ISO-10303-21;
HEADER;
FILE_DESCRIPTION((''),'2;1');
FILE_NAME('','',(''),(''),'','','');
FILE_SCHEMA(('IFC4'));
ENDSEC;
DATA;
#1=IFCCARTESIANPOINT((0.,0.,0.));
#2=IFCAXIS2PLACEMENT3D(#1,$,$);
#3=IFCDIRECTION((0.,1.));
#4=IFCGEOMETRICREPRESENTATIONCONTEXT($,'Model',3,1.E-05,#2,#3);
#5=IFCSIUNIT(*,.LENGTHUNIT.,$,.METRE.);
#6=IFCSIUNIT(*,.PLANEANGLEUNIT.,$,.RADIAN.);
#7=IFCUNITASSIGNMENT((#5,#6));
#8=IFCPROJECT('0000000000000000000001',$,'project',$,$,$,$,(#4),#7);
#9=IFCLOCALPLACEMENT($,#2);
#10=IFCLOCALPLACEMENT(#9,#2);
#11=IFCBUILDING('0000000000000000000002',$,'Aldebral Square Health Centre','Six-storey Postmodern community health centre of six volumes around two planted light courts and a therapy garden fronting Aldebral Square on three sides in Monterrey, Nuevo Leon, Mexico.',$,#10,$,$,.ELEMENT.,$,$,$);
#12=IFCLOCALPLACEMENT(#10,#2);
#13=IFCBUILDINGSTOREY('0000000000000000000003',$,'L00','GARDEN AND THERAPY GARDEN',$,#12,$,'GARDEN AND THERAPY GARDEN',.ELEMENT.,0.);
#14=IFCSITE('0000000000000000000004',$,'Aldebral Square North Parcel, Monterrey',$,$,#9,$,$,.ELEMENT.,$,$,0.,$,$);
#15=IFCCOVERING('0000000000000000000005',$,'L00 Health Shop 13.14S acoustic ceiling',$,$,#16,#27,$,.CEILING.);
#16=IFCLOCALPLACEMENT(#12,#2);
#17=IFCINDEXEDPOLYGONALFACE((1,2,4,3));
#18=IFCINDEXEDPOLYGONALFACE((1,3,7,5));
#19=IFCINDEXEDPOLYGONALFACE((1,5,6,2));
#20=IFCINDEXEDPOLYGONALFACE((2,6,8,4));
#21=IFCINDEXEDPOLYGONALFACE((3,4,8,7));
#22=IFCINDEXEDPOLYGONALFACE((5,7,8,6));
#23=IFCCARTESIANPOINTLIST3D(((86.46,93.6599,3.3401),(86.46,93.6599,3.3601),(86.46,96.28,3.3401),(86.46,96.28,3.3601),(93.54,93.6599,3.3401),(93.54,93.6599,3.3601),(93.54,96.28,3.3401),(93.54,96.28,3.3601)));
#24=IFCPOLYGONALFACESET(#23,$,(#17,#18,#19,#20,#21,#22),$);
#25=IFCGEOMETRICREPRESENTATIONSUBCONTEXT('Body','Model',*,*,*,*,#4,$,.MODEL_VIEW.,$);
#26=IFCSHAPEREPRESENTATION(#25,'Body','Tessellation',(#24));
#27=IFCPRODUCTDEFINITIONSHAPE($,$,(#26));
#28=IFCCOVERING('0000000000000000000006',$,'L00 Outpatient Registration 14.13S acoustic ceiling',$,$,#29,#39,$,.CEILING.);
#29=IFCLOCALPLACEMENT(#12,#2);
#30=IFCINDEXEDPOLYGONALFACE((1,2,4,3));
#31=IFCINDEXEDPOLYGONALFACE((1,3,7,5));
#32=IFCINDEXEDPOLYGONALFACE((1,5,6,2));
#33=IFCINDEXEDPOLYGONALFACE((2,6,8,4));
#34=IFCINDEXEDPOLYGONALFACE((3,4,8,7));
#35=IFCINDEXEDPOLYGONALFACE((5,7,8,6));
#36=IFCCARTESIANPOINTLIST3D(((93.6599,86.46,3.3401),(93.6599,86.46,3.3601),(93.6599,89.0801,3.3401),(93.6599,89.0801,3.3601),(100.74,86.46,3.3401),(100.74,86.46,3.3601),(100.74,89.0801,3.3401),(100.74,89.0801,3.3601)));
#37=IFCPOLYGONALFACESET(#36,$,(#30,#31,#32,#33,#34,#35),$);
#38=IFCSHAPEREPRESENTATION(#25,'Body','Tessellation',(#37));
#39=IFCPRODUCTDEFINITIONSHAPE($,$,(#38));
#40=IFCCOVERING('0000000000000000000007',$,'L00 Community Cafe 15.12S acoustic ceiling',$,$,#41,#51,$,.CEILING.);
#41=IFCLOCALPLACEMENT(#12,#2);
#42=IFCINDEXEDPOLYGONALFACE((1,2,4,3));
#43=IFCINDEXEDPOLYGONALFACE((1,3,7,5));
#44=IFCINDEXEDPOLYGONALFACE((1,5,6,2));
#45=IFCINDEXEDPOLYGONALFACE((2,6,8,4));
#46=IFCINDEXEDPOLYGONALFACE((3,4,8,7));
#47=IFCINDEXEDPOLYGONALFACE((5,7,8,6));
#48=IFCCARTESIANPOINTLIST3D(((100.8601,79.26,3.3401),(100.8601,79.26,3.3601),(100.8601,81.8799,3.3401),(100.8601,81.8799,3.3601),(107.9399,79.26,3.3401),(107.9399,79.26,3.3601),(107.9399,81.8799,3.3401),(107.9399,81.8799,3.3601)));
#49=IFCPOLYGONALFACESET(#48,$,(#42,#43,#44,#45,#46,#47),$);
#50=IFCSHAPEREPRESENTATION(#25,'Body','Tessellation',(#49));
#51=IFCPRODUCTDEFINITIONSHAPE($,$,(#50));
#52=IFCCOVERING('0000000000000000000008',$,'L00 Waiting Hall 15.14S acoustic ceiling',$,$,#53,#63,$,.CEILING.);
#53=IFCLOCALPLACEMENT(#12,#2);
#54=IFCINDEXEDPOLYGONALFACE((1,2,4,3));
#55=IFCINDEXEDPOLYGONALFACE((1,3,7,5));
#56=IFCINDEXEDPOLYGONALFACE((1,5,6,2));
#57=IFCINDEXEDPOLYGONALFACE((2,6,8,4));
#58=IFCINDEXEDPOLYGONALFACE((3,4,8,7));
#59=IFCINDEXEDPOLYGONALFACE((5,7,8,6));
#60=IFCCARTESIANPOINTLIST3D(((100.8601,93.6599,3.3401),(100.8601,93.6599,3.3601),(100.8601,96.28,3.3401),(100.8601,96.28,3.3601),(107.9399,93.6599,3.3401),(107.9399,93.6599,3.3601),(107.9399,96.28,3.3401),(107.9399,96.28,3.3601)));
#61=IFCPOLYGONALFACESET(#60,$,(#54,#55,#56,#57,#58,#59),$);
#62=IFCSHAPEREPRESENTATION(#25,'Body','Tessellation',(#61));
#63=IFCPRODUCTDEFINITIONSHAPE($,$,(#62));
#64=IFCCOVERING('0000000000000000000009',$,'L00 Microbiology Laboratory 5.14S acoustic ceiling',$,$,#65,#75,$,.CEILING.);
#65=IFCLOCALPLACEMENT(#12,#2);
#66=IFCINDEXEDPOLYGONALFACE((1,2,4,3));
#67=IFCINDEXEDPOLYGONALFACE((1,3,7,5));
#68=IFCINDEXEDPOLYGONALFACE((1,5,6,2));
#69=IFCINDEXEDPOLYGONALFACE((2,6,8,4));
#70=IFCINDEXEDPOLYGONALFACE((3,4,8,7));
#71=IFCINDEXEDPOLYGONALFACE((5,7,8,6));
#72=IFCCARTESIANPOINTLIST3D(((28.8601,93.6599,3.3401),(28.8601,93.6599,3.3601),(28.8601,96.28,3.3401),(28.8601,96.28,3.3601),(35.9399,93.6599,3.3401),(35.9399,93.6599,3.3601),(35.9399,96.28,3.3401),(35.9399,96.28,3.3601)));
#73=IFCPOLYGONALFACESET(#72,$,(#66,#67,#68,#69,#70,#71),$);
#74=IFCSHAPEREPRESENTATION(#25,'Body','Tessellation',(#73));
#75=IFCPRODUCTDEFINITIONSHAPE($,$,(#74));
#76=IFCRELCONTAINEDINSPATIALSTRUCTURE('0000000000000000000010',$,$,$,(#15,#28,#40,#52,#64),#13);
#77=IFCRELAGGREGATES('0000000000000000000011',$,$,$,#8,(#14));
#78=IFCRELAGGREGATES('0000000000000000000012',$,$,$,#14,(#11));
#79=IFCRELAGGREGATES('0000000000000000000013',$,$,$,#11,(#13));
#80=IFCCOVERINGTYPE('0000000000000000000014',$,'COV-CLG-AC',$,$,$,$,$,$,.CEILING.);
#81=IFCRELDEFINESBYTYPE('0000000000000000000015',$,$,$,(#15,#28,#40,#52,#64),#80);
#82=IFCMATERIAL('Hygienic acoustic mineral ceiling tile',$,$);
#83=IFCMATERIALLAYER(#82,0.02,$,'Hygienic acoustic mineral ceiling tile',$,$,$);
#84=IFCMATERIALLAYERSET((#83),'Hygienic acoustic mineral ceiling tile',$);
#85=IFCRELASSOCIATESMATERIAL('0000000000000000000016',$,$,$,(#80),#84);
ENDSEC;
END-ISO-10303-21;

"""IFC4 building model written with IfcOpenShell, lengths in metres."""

from ifc_helpers import new_model, si_unit, direction, frame, origin, place, context, subcontext, project, spatial, polyline, outline, extrude, material, layer, layer_set, type_object, element, save


model = new_model("IFC4")

# Units and contexts
model_context = context("Model", 3, precision=1e-05, world=origin(), true_north=direction((0.0, 1.0)))
body_context = subcontext(model_context, "Body", "Model", "MODEL_VIEW")
ifc_project = project(units=[si_unit("LENGTHUNIT", "METRE"), si_unit("PLANEANGLEUNIT", "RADIAN")], contexts=[model_context])

# Site, building, storey
site_placement = place(None, origin())
site = spatial("IfcSite", under=ifc_project, at=site_placement, Name="Aldebral Square North Parcel, Monterrey", CompositionType="ELEMENT", RefElevation=0.0)
building_placement = place(site_placement, origin())
building = spatial("IfcBuilding", under=site, at=building_placement, Name="Aldebral Square Health Centre", Description="Six-storey Postmodern community health centre of six volumes around two planted light courts and a therapy garden fronting Aldebral Square on three sides in Monterrey, Nuevo Leon, Mexico.", CompositionType="ELEMENT")
storey_placement = place(building_placement, origin())
storey = spatial("IfcBuildingStorey", under=building, at=storey_placement, Name="L00", Description="GARDEN AND THERAPY GARDEN", LongName="GARDEN AND THERAPY GARDEN", CompositionType="ELEMENT", Elevation=0.0)

# Coverings
ifc_material_1 = material(Name="Hygienic acoustic mineral ceiling tile")
ifc_layer_1 = layer(ifc_material_1, 0.02, Name="Hygienic acoustic mineral ceiling tile")
ifc_layer_set_1 = layer_set([ifc_layer_1], Name="Hygienic acoustic mineral ceiling tile")
covering_type = type_object("IfcCoveringType", Name="COV-CLG-AC", PredefinedType="CEILING", material=ifc_layer_set_1)
covering_1_placement = place(storey_placement, frame((0.0, 0.0, 3.3401)))
element("IfcCovering", 1, at=covering_1_placement, inside=storey, type_object=covering_type, Name="L00 Health Shop 13.14S acoustic ceiling", PredefinedType="CEILING", context=body_context, shape_type="SweptSolid", body=[
    extrude(outline(polyline([(86.46, 93.6599), (93.54, 93.6599), (93.54, 96.28), (86.46, 96.28), (86.46, 93.6599)])), origin(), (0.0, 0.0, 1.0), 0.02),
])
covering_2_placement = place(storey_placement, frame((0.0, 0.0, 3.3401)))
element("IfcCovering", 2, at=covering_2_placement, inside=storey, type_object=covering_type, Name="L00 Outpatient Registration 14.13S acoustic ceiling", PredefinedType="CEILING", context=body_context, shape_type="SweptSolid", body=[
    extrude(outline(polyline([(93.6599, 86.46), (100.74, 86.46), (100.74, 89.0801), (93.6599, 89.0801), (93.6599, 86.46)])), origin(), (0.0, 0.0, 1.0), 0.02),
])
covering_3_placement = place(storey_placement, frame((0.0, 0.0, 3.3401)))
element("IfcCovering", 3, at=covering_3_placement, inside=storey, type_object=covering_type, Name="L00 Community Cafe 15.12S acoustic ceiling", PredefinedType="CEILING", context=body_context, shape_type="SweptSolid", body=[
    extrude(outline(polyline([(100.8601, 79.26), (107.9399, 79.26), (107.9399, 81.8799), (100.8601, 81.8799), (100.8601, 79.26)])), origin(), (0.0, 0.0, 1.0), 0.02),
])
covering_4_placement = place(storey_placement, frame((0.0, 0.0, 3.3401)))
element("IfcCovering", 4, at=covering_4_placement, inside=storey, type_object=covering_type, Name="L00 Waiting Hall 15.14S acoustic ceiling", PredefinedType="CEILING", context=body_context, shape_type="SweptSolid", body=[
    extrude(outline(polyline([(100.8601, 93.6599), (107.9399, 93.6599), (107.9399, 96.28), (100.8601, 96.28), (100.8601, 93.6599)])), origin(), (0.0, 0.0, 1.0), 0.02),
])
covering_5_placement = place(storey_placement, frame((0.0, 0.0, 3.3401)))
element("IfcCovering", 5, at=covering_5_placement, inside=storey, type_object=covering_type, Name="L00 Microbiology Laboratory 5.14S acoustic ceiling", PredefinedType="CEILING", context=body_context, shape_type="SweptSolid", body=[
    extrude(outline(polyline([(28.8601, 93.6599), (35.9399, 93.6599), (35.9399, 96.28), (28.8601, 96.28), (28.8601, 93.6599)])), origin(), (0.0, 0.0, 1.0), 0.02),
])

save(model, "model.ifc")
